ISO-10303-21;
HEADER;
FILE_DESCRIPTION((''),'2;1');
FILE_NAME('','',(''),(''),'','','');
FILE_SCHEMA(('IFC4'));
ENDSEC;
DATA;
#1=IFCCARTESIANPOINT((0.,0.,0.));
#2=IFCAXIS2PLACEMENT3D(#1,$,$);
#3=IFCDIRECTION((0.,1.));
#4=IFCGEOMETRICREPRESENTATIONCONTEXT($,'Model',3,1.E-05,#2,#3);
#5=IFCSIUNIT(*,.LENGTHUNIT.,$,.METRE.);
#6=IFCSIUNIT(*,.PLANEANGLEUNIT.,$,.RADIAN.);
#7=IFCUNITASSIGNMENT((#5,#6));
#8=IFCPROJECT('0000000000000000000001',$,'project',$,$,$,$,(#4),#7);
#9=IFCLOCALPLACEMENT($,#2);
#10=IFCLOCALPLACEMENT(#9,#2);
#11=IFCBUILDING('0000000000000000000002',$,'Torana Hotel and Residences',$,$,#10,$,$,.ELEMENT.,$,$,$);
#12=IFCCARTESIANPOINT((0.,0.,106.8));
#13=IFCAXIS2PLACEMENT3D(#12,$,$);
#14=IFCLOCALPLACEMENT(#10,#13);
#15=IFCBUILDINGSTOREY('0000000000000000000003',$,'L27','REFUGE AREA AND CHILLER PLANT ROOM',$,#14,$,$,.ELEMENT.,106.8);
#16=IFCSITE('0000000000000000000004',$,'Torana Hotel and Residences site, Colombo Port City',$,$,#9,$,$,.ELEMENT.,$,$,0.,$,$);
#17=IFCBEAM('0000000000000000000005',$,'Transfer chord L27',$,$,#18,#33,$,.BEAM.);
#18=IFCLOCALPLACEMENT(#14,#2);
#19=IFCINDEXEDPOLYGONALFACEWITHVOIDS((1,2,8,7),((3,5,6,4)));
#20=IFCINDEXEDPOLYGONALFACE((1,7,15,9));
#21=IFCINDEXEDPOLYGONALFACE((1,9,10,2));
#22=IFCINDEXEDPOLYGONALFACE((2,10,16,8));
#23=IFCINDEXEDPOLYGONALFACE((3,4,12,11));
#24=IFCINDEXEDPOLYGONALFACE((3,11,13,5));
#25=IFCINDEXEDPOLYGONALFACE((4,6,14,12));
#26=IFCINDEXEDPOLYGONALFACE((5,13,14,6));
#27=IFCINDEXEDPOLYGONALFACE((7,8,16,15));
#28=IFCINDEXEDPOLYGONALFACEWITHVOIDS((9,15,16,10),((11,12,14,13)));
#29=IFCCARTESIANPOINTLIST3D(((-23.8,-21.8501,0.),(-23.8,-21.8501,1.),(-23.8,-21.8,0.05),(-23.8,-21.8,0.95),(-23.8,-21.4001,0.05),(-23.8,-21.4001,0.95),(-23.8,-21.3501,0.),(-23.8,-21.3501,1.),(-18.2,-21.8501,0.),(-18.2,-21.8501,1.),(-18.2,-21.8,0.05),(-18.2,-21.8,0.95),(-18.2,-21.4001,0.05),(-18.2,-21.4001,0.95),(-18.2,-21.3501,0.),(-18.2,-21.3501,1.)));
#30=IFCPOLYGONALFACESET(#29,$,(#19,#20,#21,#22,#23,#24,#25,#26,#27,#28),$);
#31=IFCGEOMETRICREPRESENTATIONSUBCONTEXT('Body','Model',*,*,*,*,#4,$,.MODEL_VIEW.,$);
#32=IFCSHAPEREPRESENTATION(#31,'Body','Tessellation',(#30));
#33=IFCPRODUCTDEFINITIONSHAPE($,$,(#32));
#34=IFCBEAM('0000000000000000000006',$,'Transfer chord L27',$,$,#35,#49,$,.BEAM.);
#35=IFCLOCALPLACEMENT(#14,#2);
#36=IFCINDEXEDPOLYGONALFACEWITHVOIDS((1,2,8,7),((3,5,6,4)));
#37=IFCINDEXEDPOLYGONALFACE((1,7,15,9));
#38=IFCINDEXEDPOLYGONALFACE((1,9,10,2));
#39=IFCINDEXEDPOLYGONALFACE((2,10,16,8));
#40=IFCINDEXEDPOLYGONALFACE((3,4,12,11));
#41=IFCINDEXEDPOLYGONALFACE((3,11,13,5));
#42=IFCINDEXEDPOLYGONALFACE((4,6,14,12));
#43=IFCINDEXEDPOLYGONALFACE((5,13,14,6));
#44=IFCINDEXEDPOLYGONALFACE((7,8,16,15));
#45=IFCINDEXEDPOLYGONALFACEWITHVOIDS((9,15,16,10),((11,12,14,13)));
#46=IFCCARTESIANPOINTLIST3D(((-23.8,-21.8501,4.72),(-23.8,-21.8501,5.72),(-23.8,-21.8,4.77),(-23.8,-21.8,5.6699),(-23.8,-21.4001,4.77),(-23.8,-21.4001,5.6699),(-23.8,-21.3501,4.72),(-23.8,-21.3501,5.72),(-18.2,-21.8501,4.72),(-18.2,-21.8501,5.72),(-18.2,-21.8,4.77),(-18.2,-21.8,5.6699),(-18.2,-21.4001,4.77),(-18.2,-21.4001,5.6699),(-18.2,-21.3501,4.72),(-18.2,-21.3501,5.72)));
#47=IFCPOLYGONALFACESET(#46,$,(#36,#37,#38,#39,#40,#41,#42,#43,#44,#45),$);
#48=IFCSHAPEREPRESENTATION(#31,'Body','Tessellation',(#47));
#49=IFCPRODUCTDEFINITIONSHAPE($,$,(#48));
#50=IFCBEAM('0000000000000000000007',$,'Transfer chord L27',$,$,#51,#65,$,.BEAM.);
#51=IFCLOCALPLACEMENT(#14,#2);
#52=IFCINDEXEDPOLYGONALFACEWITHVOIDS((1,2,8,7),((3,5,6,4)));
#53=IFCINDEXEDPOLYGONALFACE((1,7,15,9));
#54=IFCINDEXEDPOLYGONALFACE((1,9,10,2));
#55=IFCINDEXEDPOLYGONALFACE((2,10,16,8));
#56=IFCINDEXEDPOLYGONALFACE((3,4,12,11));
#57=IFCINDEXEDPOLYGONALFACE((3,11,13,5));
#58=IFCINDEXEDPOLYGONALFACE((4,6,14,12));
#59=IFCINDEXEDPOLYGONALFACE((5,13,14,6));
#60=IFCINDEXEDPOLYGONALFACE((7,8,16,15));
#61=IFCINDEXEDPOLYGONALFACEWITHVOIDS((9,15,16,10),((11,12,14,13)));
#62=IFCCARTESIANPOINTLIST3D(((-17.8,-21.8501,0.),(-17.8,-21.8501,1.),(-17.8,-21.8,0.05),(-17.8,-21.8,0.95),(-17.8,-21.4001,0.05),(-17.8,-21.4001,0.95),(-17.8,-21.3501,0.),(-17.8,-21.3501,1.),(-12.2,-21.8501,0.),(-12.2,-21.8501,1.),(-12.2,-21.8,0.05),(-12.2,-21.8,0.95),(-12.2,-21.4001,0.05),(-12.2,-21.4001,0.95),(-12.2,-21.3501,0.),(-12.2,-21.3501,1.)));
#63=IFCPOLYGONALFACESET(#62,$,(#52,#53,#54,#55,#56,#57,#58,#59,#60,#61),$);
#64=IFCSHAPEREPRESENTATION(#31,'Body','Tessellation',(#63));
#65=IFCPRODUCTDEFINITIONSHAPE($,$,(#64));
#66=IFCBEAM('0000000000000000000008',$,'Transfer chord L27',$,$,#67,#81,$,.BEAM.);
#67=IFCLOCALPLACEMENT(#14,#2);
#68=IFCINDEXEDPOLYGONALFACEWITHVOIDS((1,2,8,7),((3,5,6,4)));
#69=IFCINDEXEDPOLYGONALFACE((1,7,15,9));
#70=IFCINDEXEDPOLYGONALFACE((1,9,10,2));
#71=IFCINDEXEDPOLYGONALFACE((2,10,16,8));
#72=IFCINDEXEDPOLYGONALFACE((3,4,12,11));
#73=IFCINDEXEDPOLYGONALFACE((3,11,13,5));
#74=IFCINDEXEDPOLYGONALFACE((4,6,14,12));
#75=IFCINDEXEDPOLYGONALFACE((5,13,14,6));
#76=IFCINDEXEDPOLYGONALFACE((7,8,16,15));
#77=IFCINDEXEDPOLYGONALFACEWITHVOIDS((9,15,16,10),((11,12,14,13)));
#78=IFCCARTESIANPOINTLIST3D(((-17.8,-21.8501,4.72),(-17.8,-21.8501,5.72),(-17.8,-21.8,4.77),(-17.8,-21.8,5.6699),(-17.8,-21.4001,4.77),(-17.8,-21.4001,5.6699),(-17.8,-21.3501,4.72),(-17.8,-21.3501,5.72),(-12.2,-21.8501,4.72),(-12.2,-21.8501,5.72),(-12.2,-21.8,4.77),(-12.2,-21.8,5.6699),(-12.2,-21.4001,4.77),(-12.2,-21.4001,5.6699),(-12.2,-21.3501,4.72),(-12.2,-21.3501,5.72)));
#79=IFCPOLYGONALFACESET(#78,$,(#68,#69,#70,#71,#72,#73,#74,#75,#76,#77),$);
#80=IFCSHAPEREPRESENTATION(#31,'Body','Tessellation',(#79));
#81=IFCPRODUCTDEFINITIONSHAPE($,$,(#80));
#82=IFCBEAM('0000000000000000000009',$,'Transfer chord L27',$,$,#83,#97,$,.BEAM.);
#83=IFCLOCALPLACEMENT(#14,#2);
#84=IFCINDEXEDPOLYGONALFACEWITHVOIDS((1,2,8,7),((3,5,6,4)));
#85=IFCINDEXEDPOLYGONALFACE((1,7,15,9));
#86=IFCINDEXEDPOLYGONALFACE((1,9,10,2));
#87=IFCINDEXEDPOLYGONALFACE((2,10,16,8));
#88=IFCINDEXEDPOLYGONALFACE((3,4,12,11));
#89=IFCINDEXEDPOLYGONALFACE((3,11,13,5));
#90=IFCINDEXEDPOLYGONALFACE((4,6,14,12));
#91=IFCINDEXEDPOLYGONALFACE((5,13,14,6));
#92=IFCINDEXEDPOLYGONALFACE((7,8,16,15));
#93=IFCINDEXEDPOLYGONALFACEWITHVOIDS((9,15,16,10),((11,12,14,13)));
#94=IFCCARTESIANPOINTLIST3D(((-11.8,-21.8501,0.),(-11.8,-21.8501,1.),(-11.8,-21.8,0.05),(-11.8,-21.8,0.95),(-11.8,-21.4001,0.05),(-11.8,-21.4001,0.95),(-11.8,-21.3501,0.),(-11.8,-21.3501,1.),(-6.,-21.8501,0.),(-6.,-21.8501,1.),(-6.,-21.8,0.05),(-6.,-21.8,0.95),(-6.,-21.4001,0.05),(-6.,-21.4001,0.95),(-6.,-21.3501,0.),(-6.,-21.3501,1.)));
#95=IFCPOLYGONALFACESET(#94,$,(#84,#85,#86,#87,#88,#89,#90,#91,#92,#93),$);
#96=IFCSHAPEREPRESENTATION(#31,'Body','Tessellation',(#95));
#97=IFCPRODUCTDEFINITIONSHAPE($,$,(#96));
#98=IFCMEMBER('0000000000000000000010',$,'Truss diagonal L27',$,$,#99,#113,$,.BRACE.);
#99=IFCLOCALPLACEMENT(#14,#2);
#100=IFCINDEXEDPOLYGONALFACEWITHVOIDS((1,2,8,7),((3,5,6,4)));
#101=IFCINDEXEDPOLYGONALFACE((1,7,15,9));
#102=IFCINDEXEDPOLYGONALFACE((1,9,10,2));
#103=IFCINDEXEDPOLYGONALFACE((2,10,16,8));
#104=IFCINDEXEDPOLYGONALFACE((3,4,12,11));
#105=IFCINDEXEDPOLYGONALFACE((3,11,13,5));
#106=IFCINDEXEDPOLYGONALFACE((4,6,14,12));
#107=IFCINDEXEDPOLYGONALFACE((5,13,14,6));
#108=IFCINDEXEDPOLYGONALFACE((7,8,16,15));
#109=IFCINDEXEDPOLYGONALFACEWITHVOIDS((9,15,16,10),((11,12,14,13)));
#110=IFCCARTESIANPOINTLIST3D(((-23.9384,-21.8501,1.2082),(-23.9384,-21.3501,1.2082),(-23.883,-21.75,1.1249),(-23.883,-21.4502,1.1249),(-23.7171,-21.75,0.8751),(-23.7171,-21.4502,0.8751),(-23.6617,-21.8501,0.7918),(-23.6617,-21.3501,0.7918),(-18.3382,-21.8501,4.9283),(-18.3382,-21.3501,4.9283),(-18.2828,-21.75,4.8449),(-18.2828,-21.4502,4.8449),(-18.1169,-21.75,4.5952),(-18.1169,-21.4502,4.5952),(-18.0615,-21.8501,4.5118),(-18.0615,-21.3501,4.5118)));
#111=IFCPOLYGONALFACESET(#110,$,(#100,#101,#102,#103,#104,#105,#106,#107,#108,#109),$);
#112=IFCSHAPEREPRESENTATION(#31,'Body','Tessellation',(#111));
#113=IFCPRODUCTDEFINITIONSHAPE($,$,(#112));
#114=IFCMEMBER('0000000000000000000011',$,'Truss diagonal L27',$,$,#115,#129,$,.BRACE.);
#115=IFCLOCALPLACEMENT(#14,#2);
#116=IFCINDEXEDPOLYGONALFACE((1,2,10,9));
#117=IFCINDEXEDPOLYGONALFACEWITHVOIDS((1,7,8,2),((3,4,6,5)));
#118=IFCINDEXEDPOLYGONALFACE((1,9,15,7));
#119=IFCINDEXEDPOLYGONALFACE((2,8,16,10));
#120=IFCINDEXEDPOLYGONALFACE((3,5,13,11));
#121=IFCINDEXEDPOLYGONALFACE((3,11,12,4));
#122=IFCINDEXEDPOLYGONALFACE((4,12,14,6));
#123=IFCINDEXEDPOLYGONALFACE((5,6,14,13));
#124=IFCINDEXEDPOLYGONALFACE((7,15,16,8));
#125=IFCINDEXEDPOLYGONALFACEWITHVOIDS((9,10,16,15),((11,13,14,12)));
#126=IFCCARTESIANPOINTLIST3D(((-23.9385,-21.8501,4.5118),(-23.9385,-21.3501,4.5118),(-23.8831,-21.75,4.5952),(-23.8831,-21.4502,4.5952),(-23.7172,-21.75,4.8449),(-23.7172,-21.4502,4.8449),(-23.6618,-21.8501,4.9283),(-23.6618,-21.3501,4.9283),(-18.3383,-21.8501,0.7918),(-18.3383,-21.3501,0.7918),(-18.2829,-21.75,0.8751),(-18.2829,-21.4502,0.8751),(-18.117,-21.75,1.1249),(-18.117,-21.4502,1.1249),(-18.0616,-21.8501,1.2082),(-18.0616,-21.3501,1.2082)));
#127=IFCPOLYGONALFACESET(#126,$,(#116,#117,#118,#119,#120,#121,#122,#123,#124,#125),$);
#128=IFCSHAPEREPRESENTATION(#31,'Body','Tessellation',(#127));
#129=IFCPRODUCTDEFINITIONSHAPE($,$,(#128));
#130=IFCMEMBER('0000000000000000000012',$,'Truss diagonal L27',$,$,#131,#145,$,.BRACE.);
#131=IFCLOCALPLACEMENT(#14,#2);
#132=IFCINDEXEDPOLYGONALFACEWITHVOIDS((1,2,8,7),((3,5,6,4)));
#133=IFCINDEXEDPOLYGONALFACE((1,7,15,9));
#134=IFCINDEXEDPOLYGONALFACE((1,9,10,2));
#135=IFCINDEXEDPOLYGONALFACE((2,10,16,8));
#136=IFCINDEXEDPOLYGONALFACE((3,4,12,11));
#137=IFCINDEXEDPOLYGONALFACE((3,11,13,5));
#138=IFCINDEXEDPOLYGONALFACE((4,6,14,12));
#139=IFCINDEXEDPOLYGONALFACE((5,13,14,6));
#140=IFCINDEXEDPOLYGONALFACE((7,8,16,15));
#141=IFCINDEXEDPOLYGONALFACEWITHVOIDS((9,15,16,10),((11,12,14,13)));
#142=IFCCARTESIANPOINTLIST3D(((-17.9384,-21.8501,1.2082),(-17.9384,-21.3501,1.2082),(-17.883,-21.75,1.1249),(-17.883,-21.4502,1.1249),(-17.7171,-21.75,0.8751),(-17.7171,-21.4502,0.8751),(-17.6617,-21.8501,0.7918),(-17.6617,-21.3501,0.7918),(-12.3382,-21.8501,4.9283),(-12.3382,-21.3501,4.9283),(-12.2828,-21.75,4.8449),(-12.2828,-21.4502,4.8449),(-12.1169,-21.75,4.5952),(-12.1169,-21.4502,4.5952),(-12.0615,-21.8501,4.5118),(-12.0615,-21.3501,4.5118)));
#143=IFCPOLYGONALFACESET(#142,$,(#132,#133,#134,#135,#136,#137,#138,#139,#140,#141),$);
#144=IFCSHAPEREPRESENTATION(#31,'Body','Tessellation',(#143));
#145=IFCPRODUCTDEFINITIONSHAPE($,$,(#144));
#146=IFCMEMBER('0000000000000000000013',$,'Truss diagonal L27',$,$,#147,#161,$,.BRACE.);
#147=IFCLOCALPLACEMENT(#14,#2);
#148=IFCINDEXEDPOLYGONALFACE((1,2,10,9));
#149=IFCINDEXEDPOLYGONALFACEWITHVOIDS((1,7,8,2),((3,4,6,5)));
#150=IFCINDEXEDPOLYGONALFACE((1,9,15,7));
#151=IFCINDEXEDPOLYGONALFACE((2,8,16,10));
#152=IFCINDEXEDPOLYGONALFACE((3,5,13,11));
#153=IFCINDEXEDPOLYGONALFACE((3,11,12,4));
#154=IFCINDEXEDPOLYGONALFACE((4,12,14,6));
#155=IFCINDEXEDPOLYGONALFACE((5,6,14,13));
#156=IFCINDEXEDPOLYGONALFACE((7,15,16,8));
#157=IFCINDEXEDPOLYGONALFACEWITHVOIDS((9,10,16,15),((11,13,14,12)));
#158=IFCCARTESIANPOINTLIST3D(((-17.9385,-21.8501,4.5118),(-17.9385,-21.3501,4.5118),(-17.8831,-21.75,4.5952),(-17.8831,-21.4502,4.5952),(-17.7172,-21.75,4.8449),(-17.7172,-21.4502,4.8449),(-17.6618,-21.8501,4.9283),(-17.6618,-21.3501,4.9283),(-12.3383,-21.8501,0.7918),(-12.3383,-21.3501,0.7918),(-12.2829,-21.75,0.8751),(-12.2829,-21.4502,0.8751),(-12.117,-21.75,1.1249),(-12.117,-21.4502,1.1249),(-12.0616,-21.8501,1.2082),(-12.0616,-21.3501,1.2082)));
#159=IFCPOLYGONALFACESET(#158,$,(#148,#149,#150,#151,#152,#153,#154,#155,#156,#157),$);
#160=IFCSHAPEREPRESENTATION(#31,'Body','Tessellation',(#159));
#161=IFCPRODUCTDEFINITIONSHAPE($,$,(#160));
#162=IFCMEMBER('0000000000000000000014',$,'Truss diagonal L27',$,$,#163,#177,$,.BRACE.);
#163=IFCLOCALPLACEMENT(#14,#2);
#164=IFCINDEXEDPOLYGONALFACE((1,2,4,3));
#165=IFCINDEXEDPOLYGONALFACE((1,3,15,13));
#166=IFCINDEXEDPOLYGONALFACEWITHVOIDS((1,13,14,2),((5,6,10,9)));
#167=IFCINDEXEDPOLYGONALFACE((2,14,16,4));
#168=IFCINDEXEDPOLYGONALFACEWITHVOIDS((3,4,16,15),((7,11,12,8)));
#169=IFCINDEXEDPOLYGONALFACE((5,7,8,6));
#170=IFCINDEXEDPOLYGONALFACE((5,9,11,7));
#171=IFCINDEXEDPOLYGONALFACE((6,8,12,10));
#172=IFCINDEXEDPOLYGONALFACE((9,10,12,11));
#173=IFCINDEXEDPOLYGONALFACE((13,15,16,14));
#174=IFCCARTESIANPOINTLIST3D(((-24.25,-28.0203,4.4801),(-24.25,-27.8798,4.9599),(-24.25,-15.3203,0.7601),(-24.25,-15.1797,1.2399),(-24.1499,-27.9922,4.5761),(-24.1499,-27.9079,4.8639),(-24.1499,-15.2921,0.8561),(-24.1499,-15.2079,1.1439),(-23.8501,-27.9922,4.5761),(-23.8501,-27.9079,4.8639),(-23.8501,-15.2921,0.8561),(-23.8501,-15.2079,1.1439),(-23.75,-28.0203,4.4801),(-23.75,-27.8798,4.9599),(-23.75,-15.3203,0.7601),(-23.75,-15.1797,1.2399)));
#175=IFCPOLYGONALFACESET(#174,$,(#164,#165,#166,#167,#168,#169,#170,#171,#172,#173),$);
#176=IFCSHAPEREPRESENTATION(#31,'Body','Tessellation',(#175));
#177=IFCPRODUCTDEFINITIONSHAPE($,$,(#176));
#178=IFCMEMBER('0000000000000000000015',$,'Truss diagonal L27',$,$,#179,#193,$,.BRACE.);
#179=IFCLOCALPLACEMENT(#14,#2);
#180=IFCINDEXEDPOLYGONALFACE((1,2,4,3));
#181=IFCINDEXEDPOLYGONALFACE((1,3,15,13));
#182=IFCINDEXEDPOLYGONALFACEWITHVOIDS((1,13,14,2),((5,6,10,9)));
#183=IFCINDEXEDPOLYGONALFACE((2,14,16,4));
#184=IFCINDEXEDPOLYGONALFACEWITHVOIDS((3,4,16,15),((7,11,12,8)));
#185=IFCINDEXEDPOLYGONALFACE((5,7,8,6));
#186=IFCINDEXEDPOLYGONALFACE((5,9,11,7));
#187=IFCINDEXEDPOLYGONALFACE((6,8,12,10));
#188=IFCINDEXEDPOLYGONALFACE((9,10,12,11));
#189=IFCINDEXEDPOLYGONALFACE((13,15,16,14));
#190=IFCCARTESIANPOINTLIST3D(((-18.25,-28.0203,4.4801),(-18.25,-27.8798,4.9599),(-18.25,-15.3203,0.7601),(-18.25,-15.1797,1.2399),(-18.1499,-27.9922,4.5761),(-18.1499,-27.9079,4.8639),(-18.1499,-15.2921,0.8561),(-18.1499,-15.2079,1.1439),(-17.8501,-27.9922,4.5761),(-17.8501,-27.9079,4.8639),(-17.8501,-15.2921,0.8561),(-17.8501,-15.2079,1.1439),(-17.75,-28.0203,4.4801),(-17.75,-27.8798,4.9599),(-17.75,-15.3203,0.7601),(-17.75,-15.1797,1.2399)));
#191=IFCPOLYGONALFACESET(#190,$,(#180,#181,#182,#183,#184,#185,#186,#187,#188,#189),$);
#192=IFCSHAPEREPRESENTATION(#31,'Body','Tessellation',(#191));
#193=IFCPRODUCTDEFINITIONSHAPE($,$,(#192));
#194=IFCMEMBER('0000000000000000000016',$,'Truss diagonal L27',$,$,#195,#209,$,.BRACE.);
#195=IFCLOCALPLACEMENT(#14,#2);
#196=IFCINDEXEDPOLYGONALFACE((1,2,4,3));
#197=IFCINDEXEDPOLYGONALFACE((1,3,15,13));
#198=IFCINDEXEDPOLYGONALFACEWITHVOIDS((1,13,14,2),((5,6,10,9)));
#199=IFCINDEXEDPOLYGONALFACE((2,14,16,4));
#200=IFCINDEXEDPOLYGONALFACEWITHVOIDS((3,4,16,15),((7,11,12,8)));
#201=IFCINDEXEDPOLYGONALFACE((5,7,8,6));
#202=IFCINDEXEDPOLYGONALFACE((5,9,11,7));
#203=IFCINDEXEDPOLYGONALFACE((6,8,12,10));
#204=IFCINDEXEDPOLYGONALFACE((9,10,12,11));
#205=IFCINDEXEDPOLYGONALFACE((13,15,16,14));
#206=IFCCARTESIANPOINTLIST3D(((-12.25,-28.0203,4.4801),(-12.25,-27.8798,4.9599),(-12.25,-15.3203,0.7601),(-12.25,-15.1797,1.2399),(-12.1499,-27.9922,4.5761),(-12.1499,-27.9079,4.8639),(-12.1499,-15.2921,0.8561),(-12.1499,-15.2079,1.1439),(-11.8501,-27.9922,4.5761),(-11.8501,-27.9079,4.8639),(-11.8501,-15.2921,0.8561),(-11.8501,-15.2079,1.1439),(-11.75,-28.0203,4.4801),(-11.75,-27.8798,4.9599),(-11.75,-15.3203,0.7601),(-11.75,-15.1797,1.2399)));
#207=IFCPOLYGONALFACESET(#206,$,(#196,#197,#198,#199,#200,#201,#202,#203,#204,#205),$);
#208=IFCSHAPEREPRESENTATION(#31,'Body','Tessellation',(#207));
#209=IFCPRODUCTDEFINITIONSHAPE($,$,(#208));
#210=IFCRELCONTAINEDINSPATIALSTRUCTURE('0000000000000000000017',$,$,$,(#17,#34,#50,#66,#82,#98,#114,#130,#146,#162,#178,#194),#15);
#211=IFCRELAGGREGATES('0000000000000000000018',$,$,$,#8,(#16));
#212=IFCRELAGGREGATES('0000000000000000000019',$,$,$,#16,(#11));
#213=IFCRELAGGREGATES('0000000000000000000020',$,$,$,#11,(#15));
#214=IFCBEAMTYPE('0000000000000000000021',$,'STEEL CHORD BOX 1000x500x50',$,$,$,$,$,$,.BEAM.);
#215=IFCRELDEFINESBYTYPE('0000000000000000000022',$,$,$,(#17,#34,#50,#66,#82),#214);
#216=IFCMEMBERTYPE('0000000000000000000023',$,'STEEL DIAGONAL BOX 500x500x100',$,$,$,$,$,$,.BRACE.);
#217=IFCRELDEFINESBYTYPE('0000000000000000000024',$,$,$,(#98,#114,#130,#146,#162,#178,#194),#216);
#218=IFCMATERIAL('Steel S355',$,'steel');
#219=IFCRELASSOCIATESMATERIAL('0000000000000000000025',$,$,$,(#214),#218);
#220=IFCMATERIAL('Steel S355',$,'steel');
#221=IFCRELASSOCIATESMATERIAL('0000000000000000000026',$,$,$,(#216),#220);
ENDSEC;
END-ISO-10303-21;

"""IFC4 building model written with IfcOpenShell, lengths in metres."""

from ifc_helpers import new_model, si_unit, direction, frame, origin, origin_2d, place, context, subcontext, project, spatial, hollow_rectangle, extrude, material, material_profile, profile_set, type_object, element, save


model = new_model("IFC4")

# Units and contexts
model_context = context("Model", 3, precision=1e-05, world=origin(), true_north=direction((0.0, 1.0)))
body_context = subcontext(model_context, "Body", "Model", "MODEL_VIEW")
ifc_project = project(units=[si_unit("LENGTHUNIT", "METRE"), si_unit("PLANEANGLEUNIT", "RADIAN")], contexts=[model_context])

# Site, building, storey
site_placement = place(None, origin())
site = spatial("IfcSite", under=ifc_project, at=site_placement, Name="Torana Hotel and Residences site, Colombo Port City", CompositionType="ELEMENT", RefElevation=0.0)
building_placement = place(site_placement, origin())
building = spatial("IfcBuilding", under=site, at=building_placement, Name="Torana Hotel and Residences", CompositionType="ELEMENT")
storey_placement = place(building_placement, frame((0.0, 0.0, 106.8)))
storey = spatial("IfcBuildingStorey", under=building, at=storey_placement, Name="L27", Description="REFUGE AREA AND CHILLER PLANT ROOM", CompositionType="ELEMENT", Elevation=106.8)

# Beams
ifc_material_1 = material(Name="Steel S355", Category="steel")
ifc_material_profile_1 = material_profile(ifc_material_1, hollow_rectangle(XDim=0.5, YDim=1.0, WallThickness=0.05, at=origin_2d()), Name="BOX 1000x500x50")
ifc_profile_set_1 = profile_set([ifc_material_profile_1], Name="Steel S355")
beam_type = type_object("IfcBeamType", Name="STEEL CHORD BOX 1000x500x50", PredefinedType="BEAM", material=ifc_profile_set_1)
for number, where, z_axis, x_axis, name in (
    (1, (-23.8, -21.6001, 0.5), (1.0, 0.0, 0.0), (0.0, 1.0, 0.0), "Transfer chord L27"),
    (2, (-23.8, -21.6001, 5.22), (1.0, 0.0, 0.0), (0.0, 1.0, 0.0), "Transfer chord L27"),
    (3, (-17.8, -21.6001, 0.5), (1.0, 0.0, 0.0), (0.0, 1.0, 0.0), "Transfer chord L27"),
    (4, (-17.8, -21.6001, 5.22), (1.0, 0.0, 0.0), (0.0, 1.0, 0.0), "Transfer chord L27"),
):
    element("IfcBeam", number, at=place(storey_placement, frame(where, z_axis=z_axis, x_axis=x_axis)), inside=storey, type_object=beam_type, Name=name, PredefinedType="BEAM", context=body_context, shape_type="SweptSolid", body=[
        extrude(hollow_rectangle(XDim=0.5, YDim=1.0, WallThickness=0.05, at=origin_2d()), origin(), (0.0, 0.0, 1.0), 5.6001),
    ])
beam_placement = place(storey_placement, frame((-11.8, -21.6001, 0.5), z_axis=(1.0, 0.0, 0.0), x_axis=(0.0, 1.0, 0.0)))
element("IfcBeam", 5, at=beam_placement, inside=storey, type_object=beam_type, Name="Transfer chord L27", PredefinedType="BEAM", context=body_context, shape_type="SweptSolid", body=[
    extrude(hollow_rectangle(XDim=0.5, YDim=1.0, WallThickness=0.05, at=origin_2d()), origin(), (0.0, 0.0, 1.0), 5.8),
])

# Members
ifc_material_2 = material(Name="Steel S355", Category="steel")
ifc_material_profile_2 = material_profile(ifc_material_2, hollow_rectangle(XDim=0.5, YDim=0.5, WallThickness=0.1001, at=origin_2d()), Name="BOX 500x500x100")
ifc_profile_set_2 = profile_set([ifc_material_profile_2], Name="Steel S355")
member_type_1 = type_object("IfcMemberType", Name="STEEL DIAGONAL BOX 500x500x100", PredefinedType="BRACE", material=ifc_profile_set_2)
for number, where, z_axis, x_axis, name in (
    (6, (-23.8, -21.6001, 1.0), (0.832971, 0.0, 0.553317), (0.0, 1.0, 0.0), "Truss diagonal L27"),
    (7, (-18.2, -21.6001, 1.0), (-0.832971, 0.0, 0.553317), (0.0, -1.0, 0.0), "Truss diagonal L27"),
    (8, (-17.8, -21.6001, 1.0), (0.832971, 0.0, 0.553317), (0.0, 1.0, 0.0), "Truss diagonal L27"),
    (9, (-12.2, -21.6001, 1.0), (-0.832971, 0.0, 0.553317), (0.0, -1.0, 0.0), "Truss diagonal L27"),
):
    element("IfcMember", number, at=place(storey_placement, frame(where, z_axis=z_axis, x_axis=x_axis)), inside=storey, type_object=member_type_1, Name=name, PredefinedType="BRACE", context=body_context, shape_type="SweptSolid", body=[
        extrude(hollow_rectangle(XDim=0.5, YDim=0.5, WallThickness=0.1001, at=origin_2d()), origin(), (0.0, 0.0, 1.0), 6.7231),
    ])
for number, where, z_axis, x_axis, name in (
    (10, (-24.0, -15.25, 1.0), (0.0, -0.959678, 0.281101), (1.0, 0.0, 0.0), "Truss diagonal L27"),
    (11, (-18.0, -15.25, 1.0), (0.0, -0.959678, 0.281101), (1.0, 0.0, 0.0), "Truss diagonal L27"),
    (12, (-12.0, -15.25, 1.0), (0.0, -0.959678, 0.281101), (1.0, 0.0, 0.0), "Truss diagonal L27"),
):
    element("IfcMember", number, at=place(storey_placement, frame(where, z_axis=z_axis, x_axis=x_axis)), inside=storey, type_object=member_type_1, Name=name, PredefinedType="BRACE", context=body_context, shape_type="SweptSolid", body=[
        extrude(hollow_rectangle(XDim=0.5, YDim=0.5, WallThickness=0.1001, at=origin_2d()), origin(), (0.0, 0.0, 1.0), 13.2336),
    ])

save(model, "model.ifc")
